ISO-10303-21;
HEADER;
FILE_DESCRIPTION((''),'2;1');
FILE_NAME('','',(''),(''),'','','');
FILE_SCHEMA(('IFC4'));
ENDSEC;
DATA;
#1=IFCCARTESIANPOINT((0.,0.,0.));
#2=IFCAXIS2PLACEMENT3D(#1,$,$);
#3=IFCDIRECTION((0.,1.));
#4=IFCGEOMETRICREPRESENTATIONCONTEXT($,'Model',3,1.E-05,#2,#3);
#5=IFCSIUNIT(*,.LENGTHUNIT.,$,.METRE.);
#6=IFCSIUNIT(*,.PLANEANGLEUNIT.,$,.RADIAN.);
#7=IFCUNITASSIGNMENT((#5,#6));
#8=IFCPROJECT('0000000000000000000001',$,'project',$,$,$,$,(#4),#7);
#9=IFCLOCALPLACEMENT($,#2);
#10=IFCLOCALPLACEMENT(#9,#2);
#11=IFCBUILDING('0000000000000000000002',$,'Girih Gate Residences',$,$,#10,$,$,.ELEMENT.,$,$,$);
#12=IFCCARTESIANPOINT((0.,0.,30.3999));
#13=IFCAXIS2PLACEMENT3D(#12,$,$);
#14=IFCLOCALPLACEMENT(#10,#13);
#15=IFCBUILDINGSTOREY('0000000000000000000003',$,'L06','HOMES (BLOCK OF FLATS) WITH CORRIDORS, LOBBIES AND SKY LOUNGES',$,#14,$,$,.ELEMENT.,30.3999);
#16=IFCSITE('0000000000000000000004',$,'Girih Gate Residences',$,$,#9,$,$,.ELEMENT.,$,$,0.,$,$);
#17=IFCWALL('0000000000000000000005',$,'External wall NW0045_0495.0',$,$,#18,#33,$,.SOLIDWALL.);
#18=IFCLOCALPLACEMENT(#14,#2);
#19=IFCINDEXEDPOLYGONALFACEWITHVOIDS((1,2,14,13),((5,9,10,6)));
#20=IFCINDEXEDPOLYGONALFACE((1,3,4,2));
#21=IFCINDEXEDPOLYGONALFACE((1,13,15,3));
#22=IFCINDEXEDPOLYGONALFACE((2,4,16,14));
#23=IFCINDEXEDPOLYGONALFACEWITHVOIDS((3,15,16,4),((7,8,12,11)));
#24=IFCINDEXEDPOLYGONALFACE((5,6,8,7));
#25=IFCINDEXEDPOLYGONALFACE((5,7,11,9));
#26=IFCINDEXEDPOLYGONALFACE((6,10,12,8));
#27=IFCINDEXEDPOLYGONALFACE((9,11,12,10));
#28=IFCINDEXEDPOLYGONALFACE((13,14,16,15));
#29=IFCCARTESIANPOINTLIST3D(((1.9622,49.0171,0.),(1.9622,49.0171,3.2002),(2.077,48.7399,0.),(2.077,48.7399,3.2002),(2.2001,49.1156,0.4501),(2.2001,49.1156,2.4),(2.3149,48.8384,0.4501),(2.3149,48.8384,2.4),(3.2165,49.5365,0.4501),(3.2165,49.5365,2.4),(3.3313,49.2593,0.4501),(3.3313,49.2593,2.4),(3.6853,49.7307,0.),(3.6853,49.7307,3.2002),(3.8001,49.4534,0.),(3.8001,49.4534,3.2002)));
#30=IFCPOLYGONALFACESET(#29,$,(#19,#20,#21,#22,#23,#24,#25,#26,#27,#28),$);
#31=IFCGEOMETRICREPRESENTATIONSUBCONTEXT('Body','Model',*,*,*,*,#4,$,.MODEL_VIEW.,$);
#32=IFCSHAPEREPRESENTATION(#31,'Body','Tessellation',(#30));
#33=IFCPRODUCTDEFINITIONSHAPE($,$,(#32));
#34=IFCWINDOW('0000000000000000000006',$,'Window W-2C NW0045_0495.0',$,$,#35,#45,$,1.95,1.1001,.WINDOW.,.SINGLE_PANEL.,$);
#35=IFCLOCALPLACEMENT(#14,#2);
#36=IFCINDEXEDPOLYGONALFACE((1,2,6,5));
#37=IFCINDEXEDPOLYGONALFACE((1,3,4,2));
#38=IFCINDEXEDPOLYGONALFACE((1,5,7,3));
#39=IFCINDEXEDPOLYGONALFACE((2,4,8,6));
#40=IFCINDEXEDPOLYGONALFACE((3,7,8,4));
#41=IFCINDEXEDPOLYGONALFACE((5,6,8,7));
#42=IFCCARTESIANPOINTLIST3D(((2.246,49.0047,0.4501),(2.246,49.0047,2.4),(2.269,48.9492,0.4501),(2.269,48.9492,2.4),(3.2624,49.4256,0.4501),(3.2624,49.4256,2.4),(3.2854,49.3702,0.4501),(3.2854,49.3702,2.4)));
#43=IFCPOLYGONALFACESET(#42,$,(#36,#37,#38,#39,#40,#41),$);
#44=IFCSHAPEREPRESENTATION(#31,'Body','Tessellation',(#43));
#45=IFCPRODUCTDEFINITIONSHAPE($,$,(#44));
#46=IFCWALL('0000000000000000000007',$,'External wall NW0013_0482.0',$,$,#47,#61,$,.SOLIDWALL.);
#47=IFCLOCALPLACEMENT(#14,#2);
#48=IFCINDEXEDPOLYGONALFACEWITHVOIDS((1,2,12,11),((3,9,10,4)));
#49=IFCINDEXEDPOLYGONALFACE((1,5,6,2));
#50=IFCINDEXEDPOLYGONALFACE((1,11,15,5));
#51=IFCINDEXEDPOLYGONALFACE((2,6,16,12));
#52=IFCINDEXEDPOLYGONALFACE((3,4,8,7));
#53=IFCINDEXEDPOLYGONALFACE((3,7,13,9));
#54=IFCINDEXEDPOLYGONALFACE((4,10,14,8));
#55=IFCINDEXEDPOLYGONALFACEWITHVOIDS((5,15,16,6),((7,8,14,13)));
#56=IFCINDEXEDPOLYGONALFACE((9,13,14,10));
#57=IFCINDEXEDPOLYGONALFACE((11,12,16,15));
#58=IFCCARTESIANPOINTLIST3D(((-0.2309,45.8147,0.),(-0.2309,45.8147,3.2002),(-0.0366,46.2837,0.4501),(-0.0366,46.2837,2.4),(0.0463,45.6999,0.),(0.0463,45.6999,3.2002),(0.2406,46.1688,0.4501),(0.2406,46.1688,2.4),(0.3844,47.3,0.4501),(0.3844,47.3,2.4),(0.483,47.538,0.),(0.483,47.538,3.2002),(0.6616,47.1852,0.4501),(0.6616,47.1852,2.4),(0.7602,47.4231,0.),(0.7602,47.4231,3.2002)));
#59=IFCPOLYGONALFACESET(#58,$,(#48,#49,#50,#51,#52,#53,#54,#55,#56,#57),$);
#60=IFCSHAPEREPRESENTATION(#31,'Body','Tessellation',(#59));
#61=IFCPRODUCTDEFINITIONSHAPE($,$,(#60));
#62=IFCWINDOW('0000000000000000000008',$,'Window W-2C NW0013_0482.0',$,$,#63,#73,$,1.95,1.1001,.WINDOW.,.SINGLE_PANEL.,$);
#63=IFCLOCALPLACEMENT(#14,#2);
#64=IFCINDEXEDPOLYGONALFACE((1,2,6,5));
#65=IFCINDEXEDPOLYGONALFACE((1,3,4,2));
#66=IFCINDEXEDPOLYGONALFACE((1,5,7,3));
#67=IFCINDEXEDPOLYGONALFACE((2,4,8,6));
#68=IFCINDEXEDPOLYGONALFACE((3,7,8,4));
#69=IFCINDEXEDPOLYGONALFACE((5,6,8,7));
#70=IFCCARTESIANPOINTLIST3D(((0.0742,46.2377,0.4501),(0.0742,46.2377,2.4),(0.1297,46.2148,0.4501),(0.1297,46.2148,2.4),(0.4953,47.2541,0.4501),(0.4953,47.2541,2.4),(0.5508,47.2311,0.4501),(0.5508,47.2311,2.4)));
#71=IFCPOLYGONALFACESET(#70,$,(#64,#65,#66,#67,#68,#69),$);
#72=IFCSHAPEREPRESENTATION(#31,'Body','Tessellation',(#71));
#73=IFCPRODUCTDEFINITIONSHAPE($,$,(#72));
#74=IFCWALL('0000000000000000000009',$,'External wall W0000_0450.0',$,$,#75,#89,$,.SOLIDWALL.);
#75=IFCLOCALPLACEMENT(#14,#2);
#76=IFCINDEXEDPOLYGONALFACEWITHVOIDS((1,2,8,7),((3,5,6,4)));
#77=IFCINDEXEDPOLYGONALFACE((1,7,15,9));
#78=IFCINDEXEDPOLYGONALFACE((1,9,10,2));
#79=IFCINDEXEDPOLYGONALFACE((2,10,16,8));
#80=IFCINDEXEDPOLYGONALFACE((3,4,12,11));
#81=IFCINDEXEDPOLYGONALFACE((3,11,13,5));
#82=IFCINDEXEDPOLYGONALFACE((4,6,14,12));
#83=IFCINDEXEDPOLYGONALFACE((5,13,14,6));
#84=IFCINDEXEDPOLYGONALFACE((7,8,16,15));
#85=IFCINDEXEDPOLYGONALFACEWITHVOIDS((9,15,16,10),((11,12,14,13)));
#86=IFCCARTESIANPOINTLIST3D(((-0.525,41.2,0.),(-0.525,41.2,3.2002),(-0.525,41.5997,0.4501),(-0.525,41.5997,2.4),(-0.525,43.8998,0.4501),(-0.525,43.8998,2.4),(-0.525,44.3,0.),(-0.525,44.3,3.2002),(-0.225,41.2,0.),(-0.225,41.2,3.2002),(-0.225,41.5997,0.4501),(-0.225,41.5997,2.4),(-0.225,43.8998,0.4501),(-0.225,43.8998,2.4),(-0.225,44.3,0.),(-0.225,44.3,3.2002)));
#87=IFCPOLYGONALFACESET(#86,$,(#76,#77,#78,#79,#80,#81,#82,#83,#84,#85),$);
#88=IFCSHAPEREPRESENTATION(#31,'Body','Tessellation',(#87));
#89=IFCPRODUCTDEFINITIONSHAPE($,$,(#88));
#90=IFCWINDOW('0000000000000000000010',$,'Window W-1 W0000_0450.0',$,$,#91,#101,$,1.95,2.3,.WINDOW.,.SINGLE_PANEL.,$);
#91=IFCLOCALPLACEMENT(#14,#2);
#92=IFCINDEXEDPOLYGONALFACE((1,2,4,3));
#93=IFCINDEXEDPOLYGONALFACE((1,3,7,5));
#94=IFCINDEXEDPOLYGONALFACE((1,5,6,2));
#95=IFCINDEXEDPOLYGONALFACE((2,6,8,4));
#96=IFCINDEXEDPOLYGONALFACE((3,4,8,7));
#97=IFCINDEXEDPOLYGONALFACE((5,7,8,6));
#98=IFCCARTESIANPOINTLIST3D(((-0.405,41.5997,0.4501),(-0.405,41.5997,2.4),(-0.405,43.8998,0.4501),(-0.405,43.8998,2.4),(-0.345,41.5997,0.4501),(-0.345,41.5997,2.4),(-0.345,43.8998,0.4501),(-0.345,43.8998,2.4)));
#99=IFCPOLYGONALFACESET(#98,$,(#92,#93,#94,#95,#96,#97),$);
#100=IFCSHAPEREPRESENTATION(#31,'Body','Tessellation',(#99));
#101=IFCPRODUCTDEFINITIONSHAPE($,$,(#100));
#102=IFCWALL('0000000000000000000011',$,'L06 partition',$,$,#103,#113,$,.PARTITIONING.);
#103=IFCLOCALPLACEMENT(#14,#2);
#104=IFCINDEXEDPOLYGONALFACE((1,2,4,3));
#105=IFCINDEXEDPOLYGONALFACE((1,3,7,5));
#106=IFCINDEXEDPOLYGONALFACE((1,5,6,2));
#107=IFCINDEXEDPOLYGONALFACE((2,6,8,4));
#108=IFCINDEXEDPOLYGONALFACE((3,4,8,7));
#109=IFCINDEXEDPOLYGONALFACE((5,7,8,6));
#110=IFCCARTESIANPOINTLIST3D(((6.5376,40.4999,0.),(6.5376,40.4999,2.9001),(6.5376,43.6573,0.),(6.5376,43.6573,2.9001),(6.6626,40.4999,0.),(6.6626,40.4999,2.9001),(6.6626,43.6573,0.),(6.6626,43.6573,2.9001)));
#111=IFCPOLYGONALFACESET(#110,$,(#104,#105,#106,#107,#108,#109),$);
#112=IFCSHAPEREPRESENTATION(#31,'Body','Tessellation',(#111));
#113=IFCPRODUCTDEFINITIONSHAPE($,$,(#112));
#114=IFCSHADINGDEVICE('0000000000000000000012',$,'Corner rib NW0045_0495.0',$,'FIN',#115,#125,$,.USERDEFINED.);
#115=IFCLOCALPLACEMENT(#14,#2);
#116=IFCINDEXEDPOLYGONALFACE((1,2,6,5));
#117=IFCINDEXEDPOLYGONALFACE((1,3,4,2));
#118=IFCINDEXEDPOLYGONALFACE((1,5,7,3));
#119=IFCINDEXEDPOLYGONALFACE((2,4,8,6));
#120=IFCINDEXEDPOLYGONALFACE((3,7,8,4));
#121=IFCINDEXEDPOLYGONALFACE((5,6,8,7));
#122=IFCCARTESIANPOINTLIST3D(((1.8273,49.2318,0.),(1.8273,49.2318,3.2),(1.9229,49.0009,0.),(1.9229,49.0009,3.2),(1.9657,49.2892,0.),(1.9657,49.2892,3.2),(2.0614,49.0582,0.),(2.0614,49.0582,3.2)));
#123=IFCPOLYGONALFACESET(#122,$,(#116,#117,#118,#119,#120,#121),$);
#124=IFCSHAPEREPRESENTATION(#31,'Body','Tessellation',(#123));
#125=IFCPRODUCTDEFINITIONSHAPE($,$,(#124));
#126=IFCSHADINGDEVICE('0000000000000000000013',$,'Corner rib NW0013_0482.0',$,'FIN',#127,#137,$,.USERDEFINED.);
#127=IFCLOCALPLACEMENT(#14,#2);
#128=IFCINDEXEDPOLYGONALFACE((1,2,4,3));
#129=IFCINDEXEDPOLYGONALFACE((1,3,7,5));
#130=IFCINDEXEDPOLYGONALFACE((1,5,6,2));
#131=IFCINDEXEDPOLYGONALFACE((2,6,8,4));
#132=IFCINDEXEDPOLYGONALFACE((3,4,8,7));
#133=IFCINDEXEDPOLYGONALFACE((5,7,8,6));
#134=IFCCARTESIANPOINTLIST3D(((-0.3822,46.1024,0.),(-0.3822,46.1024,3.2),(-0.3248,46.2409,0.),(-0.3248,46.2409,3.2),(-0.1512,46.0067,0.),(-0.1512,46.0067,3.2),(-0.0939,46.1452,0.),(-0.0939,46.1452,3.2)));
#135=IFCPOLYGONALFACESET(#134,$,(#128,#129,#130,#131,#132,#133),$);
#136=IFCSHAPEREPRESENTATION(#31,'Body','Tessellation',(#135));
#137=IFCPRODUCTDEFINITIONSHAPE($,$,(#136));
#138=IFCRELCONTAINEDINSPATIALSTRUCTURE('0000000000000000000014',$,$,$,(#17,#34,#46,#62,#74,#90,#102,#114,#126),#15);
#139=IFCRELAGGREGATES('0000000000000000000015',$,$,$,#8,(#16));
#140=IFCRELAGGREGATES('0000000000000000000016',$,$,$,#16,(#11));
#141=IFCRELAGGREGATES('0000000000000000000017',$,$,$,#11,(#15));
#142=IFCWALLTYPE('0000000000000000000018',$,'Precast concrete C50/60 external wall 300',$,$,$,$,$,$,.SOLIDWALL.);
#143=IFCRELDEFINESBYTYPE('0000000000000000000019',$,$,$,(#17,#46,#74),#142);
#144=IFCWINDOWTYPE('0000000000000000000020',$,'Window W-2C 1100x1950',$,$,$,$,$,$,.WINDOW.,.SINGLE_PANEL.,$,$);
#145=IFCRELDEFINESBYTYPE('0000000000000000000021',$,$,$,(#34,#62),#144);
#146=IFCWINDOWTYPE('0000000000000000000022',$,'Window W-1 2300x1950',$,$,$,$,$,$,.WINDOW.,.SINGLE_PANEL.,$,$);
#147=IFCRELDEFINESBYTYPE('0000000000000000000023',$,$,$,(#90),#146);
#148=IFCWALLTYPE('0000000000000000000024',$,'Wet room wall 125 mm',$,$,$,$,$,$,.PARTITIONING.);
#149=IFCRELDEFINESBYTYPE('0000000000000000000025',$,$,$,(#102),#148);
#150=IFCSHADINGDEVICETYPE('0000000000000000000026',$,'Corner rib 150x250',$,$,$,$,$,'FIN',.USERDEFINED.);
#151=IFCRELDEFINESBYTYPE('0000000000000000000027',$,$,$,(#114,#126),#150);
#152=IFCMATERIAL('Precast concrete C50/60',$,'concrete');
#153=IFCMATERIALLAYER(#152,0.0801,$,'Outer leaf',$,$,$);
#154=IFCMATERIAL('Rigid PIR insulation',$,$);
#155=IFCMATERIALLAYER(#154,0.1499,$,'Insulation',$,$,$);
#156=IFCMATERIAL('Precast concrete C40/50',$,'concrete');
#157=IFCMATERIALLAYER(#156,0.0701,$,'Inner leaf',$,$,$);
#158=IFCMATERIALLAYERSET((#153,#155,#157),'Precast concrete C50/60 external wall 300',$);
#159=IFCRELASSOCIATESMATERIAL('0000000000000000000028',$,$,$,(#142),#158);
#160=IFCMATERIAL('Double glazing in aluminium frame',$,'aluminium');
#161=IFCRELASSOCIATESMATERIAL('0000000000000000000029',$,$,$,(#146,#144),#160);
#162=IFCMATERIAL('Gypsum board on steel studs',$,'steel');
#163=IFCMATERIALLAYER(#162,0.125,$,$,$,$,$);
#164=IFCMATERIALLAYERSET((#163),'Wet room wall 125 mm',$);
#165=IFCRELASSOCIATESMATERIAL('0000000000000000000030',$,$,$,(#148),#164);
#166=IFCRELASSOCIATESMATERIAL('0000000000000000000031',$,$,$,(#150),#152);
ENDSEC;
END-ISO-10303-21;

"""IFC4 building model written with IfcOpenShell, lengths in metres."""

from ifc_helpers import new_model, si_unit, direction, frame, frame_2d, origin, origin_2d, place, context, subcontext, project, spatial, rectangle, extrude, material, layer, layer_set, type_object, element, fill, save


model = new_model("IFC4")

# Units and contexts
model_context = context("Model", 3, precision=1e-05, world=origin(), true_north=direction((0.0, 1.0)))
body_context = subcontext(model_context, "Body", "Model", "MODEL_VIEW")
ifc_project = project(units=[si_unit("LENGTHUNIT", "METRE"), si_unit("PLANEANGLEUNIT", "RADIAN")], contexts=[model_context])

# Site, building, storey
site_placement = place(None, origin())
site = spatial("IfcSite", under=ifc_project, at=site_placement, Name="Girih Gate Residences", CompositionType="ELEMENT", RefElevation=0.0)
building_placement = place(site_placement, origin())
building = spatial("IfcBuilding", under=site, at=building_placement, Name="Girih Gate Residences", CompositionType="ELEMENT")
storey_placement = place(building_placement, frame((0.0, 0.0, 30.3999)))
storey = spatial("IfcBuildingStorey", under=building, at=storey_placement, Name="L06", Description="HOMES (BLOCK OF FLATS) WITH CORRIDORS, LOBBIES AND SKY LOUNGES", CompositionType="ELEMENT", Elevation=30.3999)

# Shared definitions
ifc_material_1 = material(Name="Gypsum board on steel studs", Category="steel")

# Walls, openings, windows
ifc_material_2 = material(Name="Precast concrete C50/60", Category="concrete")
ifc_layer_1 = layer(ifc_material_2, 0.0801, Name="Outer leaf")
ifc_material_3 = material(Name="Rigid PIR insulation")
ifc_layer_2 = layer(ifc_material_3, 0.1499, Name="Insulation")
ifc_material_4 = material(Name="Precast concrete C40/50", Category="concrete")
ifc_layer_3 = layer(ifc_material_4, 0.0701, Name="Inner leaf")
ifc_layer_set_1 = layer_set([ifc_layer_1, ifc_layer_2, ifc_layer_3], Name="Precast concrete C50/60 external wall 300")
wall_type_1 = type_object("IfcWallType", Name="Precast concrete C50/60 external wall 300", PredefinedType="SOLIDWALL", material=ifc_layer_set_1)
ifc_material_5 = material(Name="Double glazing in aluminium frame", Category="aluminium")
window_type_1 = type_object("IfcWindowType", Name="Window W-1 2300x1950", PartitioningType="SINGLE_PANEL", PredefinedType="WINDOW", material=ifc_material_5)
wall_1_placement = place(storey_placement, frame((2.0195, 48.8784, 0.0), z_axis=(0.0, 0.0, 1.0), x_axis=(0.923904, 0.382625, 0.0)))
wall_1 = element("IfcWall", 1, at=wall_1_placement, inside=storey, type_object=wall_type_1, Name="External wall NW0045_0495.0", PredefinedType="SOLIDWALL", context=body_context, shape_type="SweptSolid", body=[
    extrude(rectangle(XDim=1.865, YDim=0.3, at=frame_2d((0.9326, 0.0))), origin(), (0.0, 0.0, 1.0), 3.2002),
])
opening_1_placement = place(wall_1_placement, frame((0.2576, 0.0, 0.45)))
opening_1 = element("IfcOpeningElement", 2, at=opening_1_placement, cuts=wall_1, PredefinedType="OPENING", context=body_context, shape_type="SweptSolid", body=[
    extrude(rectangle(XDim=1.1001, YDim=1.95, at=frame_2d((0.55, 0.9751))), frame((0.0, 0.1599, 0.0), z_axis=(0.0, -1.0, 0.0), x_axis=(1.0, 0.0, 0.0)), (0.0, 0.0, 1.0), 0.3201),
])
window_type_2 = type_object("IfcWindowType", Name="Window W-2C 1100x1950", PartitioningType="SINGLE_PANEL", PredefinedType="WINDOW", material=ifc_material_5)
window_1_placement = place(opening_1_placement, origin())
window_1 = element("IfcWindow", 3, at=window_1_placement, inside=storey, type_object=window_type_2, Name="Window W-2C NW0045_0495.0", OverallHeight=1.95, OverallWidth=1.1001, PartitioningType="SINGLE_PANEL", PredefinedType="WINDOW", context=body_context, shape_type="SweptSolid", body=[
    extrude(rectangle(XDim=1.1001, YDim=1.95, at=frame_2d((0.55, 0.9751))), frame((0.0, 0.03, 0.0), z_axis=(0.0, -1.0, 0.0), x_axis=(1.0, 0.0, 0.0)), (0.0, 0.0, 1.0), 0.0601),
])
fill(opening_1, window_1)
wall_2_placement = place(storey_placement, frame((-0.0923, 45.7573, 0.0), z_axis=(0.0, 0.0, 1.0), x_axis=(0.382737, 0.923857, 0.0)))
wall_2 = element("IfcWall", 4, at=wall_2_placement, inside=storey, type_object=wall_type_1, Name="External wall NW0013_0482.0", PredefinedType="SOLIDWALL", context=body_context, shape_type="SweptSolid", body=[
    extrude(rectangle(XDim=1.8652, YDim=0.3, at=frame_2d((0.9326, 0.0))), origin(), (0.0, 0.0, 1.0), 3.2002),
])
opening_2_placement = place(wall_2_placement, frame((0.5076, 0.0, 0.45)))
opening_2 = element("IfcOpeningElement", 5, at=opening_2_placement, cuts=wall_2, PredefinedType="OPENING", context=body_context, shape_type="SweptSolid", body=[
    extrude(rectangle(XDim=1.1001, YDim=1.95, at=frame_2d((0.55, 0.9751))), frame((0.0, 0.1599, 0.0), z_axis=(0.0, -1.0, 0.0), x_axis=(1.0, 0.0, 0.0)), (0.0, 0.0, 1.0), 0.3201),
])
window_2_placement = place(opening_2_placement, origin())
window_2 = element("IfcWindow", 6, at=window_2_placement, inside=storey, type_object=window_type_2, Name="Window W-2C NW0013_0482.0", OverallHeight=1.95, OverallWidth=1.1001, PartitioningType="SINGLE_PANEL", PredefinedType="WINDOW", context=body_context, shape_type="SweptSolid", body=[
    extrude(rectangle(XDim=1.1001, YDim=1.95, at=frame_2d((0.55, 0.9751))), frame((0.0, 0.03, 0.0), z_axis=(0.0, -1.0, 0.0), x_axis=(1.0, 0.0, 0.0)), (0.0, 0.0, 1.0), 0.0601),
])
fill(opening_2, window_2)
wall_3_placement = place(storey_placement, frame((-0.375, 41.2, 0.0), z_axis=(0.0, 0.0, 1.0), x_axis=(0.0, 1.0, 0.0)))
wall_3 = element("IfcWall", 7, at=wall_3_placement, inside=storey, type_object=wall_type_1, Name="External wall W0000_0450.0", PredefinedType="SOLIDWALL", context=body_context, shape_type="SweptSolid", body=[
    extrude(rectangle(XDim=3.1001, YDim=0.3, at=frame_2d((1.55, 0.0))), origin(), (0.0, 0.0, 1.0), 3.2002),
])
opening_3_placement = place(wall_3_placement, frame((0.3999, 0.0, 0.45)))
opening_3 = element("IfcOpeningElement", 8, at=opening_3_placement, cuts=wall_3, PredefinedType="OPENING", context=body_context, shape_type="SweptSolid", body=[
    extrude(rectangle(XDim=2.3, YDim=1.95, at=frame_2d((1.1499, 0.9751))), frame((0.0, 0.1599, 0.0), z_axis=(0.0, -1.0, 0.0), x_axis=(1.0, 0.0, 0.0)), (0.0, 0.0, 1.0), 0.3201),
])
window_3_placement = place(opening_3_placement, origin())
window_3 = element("IfcWindow", 9, at=window_3_placement, inside=storey, type_object=window_type_1, Name="Window W-1 W0000_0450.0", OverallHeight=1.95, OverallWidth=2.3, PartitioningType="SINGLE_PANEL", PredefinedType="WINDOW", context=body_context, shape_type="SweptSolid", body=[
    extrude(rectangle(XDim=2.3, YDim=1.95, at=frame_2d((1.1499, 0.9751))), frame((0.0, 0.03, 0.0), z_axis=(0.0, -1.0, 0.0), x_axis=(1.0, 0.0, 0.0)), (0.0, 0.0, 1.0), 0.0601),
])
fill(opening_3, window_3)

# Wall
ifc_layer_4 = layer(ifc_material_1, 0.125)
ifc_layer_set_2 = layer_set([ifc_layer_4], Name="Wet room wall 125 mm")
wall_type_2 = type_object("IfcWallType", Name="Wet room wall 125 mm", PredefinedType="PARTITIONING", material=ifc_layer_set_2)
wall_4_placement = place(storey_placement, frame((6.6001, 40.5, 0.0), z_axis=(0.0, 0.0, 1.0), x_axis=(0.0, 1.0, 0.0)))
element("IfcWall", 10, at=wall_4_placement, inside=storey, type_object=wall_type_2, Name="L06 partition", PredefinedType="PARTITIONING", context=body_context, shape_type="SweptSolid", body=[
    extrude(rectangle(XDim=3.1575, YDim=0.125, at=frame_2d((1.5786, 0.0))), origin(), (0.0, 0.0, 1.0), 2.9001),
])

# Shading devices
shading_device_type = type_object("IfcShadingDeviceType", Name="Corner rib 150x250", ElementType="FIN", PredefinedType="USERDEFINED", material=ifc_material_2)
for number, where, z_axis, x_axis, name in (
    (11, (1.9443, 49.145, 0.0), (0.0, 0.0, 1.0), (-0.92388, -0.382683, 0.0), "Corner rib NW0045_0495.0"),
    (12, (-0.238, 46.1238, 0.0), (0.0, 0.0, 1.0), (-0.382683, -0.92388, 0.0), "Corner rib NW0013_0482.0"),
):
    element("IfcShadingDevice", number, at=place(storey_placement, frame(where, z_axis=z_axis, x_axis=x_axis)), inside=storey, type_object=shading_device_type, Name=name, ObjectType="FIN", PredefinedType="USERDEFINED", context=body_context, shape_type="SweptSolid", body=[
        extrude(rectangle(XDim=0.1499, YDim=0.25, at=origin_2d()), origin(), (0.0, 0.0, 1.0), 3.2),
    ])

save(model, "model.ifc")
